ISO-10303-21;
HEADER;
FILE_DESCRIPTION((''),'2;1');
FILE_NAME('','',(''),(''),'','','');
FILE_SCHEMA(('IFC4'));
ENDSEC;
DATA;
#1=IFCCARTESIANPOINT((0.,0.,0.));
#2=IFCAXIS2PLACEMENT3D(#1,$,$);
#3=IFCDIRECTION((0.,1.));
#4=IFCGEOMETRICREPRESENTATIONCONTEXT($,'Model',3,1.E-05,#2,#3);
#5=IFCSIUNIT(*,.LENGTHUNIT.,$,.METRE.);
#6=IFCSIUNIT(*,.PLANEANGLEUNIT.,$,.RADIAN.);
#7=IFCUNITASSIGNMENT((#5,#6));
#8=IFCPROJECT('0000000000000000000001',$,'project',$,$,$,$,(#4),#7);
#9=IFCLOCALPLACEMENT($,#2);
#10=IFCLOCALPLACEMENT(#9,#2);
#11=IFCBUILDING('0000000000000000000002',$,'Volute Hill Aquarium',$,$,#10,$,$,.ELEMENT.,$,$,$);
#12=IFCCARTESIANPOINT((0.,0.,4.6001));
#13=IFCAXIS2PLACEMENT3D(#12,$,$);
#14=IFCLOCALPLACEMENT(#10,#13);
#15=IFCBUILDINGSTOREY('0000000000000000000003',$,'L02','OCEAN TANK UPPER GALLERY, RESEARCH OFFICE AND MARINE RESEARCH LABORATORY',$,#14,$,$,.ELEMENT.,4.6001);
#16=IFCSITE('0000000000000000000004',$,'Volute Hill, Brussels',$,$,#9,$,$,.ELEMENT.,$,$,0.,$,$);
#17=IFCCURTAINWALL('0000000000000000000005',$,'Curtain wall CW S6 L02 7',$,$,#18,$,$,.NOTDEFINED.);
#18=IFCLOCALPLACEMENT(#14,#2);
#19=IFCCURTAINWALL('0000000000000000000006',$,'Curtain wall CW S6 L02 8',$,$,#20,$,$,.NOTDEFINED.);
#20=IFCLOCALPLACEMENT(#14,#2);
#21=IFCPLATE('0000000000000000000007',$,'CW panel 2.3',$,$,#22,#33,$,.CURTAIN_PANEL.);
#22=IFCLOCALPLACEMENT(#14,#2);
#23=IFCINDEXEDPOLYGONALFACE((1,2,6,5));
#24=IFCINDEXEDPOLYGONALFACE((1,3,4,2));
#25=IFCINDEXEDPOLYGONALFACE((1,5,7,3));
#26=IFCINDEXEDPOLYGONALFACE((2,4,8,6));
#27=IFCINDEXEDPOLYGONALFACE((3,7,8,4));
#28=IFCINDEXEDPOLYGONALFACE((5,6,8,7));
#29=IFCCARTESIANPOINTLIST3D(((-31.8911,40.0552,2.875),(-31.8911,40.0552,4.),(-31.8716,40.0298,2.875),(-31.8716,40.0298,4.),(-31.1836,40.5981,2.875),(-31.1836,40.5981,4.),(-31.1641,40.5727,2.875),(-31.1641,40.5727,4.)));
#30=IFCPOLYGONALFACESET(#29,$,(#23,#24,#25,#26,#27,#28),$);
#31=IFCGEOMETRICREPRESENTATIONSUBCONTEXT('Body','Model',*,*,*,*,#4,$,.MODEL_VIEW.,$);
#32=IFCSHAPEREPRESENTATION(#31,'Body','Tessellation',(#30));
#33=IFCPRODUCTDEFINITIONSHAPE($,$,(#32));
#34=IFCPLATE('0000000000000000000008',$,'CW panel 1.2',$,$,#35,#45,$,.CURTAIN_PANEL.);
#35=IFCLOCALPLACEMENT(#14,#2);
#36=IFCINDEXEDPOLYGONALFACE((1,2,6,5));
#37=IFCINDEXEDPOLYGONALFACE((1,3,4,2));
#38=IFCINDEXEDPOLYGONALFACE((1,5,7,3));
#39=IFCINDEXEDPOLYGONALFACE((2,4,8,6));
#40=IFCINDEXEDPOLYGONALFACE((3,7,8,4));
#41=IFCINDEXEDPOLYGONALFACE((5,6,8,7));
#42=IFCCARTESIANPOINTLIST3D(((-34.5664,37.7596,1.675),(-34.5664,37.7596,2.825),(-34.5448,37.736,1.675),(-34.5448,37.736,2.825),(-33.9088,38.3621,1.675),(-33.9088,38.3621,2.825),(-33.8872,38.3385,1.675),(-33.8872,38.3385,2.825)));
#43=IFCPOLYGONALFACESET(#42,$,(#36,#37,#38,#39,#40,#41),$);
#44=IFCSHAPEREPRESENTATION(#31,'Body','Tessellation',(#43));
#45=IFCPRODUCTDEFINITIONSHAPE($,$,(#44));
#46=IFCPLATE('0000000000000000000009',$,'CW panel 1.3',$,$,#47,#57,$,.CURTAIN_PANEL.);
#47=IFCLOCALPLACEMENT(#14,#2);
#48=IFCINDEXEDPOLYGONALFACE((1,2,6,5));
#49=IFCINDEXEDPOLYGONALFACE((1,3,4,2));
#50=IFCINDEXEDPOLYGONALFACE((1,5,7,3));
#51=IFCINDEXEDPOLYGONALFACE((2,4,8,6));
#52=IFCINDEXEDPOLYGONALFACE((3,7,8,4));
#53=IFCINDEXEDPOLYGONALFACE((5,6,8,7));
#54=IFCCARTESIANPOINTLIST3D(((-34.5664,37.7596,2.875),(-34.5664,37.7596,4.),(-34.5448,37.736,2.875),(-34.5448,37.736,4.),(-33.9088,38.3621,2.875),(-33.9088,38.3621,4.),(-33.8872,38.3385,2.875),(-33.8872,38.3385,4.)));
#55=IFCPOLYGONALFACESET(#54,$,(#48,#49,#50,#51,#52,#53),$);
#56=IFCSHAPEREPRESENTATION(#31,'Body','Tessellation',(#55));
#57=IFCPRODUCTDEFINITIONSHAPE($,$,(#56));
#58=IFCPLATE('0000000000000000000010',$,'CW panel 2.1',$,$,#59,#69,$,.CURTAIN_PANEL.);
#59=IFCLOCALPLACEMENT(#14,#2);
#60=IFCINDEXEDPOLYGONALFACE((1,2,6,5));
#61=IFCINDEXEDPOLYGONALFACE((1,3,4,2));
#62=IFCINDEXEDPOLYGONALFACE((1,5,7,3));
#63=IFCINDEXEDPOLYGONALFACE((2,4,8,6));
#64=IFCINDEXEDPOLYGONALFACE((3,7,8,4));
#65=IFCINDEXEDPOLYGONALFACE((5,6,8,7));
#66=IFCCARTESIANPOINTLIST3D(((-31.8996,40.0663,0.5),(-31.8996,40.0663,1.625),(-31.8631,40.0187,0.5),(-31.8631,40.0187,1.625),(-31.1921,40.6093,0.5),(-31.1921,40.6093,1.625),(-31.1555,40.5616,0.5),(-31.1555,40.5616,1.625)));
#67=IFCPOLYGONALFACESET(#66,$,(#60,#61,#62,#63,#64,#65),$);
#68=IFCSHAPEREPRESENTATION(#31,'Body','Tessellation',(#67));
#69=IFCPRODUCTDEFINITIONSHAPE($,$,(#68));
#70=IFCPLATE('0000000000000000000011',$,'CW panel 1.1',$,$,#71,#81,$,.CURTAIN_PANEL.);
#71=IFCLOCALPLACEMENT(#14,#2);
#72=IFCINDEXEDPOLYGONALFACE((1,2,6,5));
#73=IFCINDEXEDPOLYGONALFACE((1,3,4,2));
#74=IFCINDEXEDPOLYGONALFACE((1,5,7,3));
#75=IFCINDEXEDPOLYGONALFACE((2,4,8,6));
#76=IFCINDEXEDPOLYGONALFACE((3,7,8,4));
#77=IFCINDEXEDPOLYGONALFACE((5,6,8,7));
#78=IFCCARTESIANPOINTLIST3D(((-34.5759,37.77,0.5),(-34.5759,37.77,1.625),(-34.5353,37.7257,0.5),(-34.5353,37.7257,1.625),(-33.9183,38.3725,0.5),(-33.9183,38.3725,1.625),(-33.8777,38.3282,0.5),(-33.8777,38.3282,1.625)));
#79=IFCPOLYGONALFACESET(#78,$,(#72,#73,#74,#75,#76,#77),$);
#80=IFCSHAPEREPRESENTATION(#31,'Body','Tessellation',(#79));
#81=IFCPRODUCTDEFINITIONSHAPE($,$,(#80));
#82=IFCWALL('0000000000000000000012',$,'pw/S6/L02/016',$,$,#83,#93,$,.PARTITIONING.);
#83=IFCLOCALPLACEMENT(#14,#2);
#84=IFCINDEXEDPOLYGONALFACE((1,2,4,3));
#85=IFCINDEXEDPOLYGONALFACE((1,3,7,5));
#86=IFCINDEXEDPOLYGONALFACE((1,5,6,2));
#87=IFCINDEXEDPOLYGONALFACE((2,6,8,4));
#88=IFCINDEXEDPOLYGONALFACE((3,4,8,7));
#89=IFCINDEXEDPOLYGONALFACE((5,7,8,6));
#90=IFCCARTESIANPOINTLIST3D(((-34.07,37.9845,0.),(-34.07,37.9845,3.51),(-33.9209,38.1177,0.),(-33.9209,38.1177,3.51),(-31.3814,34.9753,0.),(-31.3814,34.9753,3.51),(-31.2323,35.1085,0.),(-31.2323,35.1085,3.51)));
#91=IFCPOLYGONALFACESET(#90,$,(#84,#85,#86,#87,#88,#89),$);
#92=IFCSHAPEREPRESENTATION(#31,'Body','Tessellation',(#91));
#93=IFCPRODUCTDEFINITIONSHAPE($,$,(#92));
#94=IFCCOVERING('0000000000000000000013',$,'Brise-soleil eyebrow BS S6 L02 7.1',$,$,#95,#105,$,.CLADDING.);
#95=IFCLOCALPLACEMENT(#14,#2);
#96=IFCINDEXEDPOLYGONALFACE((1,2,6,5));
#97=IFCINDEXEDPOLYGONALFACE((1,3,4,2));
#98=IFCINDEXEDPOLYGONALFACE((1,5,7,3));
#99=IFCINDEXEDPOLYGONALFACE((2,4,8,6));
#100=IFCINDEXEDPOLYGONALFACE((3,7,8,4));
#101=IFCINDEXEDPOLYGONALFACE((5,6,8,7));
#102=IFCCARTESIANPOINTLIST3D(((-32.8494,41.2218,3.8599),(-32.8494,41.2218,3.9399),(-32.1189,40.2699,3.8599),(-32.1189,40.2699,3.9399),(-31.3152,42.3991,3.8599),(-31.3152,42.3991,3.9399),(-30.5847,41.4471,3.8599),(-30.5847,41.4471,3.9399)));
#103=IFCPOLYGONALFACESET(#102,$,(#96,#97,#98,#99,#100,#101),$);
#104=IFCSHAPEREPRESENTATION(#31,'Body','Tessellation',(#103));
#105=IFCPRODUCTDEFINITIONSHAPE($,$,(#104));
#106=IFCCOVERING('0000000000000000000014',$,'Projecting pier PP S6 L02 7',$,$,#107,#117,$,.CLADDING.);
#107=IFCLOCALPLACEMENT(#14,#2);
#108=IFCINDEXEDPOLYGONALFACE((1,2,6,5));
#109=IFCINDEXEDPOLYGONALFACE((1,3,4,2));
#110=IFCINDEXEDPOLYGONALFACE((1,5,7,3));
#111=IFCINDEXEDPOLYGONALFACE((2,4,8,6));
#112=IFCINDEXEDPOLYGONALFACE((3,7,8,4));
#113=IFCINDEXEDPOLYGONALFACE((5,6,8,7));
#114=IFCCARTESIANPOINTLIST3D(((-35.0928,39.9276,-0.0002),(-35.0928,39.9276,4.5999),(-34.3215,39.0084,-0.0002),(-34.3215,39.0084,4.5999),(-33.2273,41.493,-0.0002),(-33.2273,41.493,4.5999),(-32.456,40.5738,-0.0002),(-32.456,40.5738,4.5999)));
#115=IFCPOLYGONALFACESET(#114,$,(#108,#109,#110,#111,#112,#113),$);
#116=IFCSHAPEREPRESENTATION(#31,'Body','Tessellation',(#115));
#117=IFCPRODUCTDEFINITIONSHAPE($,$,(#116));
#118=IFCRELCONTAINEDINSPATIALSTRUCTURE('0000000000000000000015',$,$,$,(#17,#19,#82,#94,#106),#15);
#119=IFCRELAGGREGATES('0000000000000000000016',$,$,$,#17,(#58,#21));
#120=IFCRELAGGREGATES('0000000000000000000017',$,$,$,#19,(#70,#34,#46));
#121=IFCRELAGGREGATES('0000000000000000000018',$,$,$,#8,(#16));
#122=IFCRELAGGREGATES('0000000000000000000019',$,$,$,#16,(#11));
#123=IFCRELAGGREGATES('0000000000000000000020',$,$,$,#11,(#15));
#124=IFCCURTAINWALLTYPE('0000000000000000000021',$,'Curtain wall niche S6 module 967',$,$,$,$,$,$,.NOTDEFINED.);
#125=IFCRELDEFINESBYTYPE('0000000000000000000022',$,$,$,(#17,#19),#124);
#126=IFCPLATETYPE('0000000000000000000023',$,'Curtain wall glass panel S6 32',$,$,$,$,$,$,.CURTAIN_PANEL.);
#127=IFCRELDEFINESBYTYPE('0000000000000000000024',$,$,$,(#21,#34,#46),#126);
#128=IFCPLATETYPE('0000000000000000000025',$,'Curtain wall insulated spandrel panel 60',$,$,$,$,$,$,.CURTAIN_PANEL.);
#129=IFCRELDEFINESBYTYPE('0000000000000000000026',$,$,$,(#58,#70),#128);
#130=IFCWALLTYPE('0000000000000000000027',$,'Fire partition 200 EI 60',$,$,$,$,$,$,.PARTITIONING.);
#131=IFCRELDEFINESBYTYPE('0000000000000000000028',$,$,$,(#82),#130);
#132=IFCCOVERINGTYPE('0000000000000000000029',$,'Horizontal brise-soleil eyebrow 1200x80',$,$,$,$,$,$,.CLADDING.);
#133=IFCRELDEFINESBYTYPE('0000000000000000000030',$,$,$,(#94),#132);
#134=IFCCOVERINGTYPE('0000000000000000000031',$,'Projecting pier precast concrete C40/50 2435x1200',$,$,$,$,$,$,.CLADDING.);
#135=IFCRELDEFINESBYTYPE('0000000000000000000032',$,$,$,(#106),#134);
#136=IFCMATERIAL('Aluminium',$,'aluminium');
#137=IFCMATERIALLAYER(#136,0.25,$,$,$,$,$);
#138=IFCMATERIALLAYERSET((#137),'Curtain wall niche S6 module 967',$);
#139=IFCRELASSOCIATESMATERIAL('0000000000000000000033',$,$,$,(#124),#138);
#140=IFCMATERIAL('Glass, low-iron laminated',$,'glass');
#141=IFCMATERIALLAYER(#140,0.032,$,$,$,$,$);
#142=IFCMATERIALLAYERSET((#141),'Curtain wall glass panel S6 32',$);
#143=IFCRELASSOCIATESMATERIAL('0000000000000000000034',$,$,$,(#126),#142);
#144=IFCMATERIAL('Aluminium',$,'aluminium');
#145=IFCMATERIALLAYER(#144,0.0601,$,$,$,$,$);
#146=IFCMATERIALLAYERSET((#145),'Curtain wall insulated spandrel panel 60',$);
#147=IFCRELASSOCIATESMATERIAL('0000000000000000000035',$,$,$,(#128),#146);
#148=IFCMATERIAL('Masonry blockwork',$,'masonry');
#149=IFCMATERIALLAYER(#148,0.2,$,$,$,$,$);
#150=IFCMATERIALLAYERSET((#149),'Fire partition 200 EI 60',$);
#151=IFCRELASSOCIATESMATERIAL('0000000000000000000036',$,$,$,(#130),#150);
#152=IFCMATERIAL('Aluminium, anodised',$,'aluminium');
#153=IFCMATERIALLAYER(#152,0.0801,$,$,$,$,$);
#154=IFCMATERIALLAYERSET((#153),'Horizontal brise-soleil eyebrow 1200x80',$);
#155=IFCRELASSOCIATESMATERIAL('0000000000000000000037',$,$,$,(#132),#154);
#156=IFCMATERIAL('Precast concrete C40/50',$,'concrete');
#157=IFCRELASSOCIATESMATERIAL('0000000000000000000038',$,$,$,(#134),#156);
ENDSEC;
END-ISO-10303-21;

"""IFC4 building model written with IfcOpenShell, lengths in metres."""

from ifc_helpers import new_model, si_unit, direction, frame, frame_2d, origin, origin_2d, place, context, subcontext, project, spatial, rectangle, extrude, material, layer, layer_set, type_object, element, aggregate, save


model = new_model("IFC4")

# Units and contexts
model_context = context("Model", 3, precision=1e-05, world=origin(), true_north=direction((0.0, 1.0)))
body_context = subcontext(model_context, "Body", "Model", "MODEL_VIEW")
ifc_project = project(units=[si_unit("LENGTHUNIT", "METRE"), si_unit("PLANEANGLEUNIT", "RADIAN")], contexts=[model_context])

# Site, building, storey
site_placement = place(None, origin())
site = spatial("IfcSite", under=ifc_project, at=site_placement, Name="Volute Hill, Brussels", CompositionType="ELEMENT", RefElevation=0.0)
building_placement = place(site_placement, origin())
building = spatial("IfcBuilding", under=site, at=building_placement, Name="Volute Hill Aquarium", CompositionType="ELEMENT")
storey_placement = place(building_placement, frame((0.0, 0.0, 4.6001)))
storey = spatial("IfcBuildingStorey", under=building, at=storey_placement, Name="L02", Description="OCEAN TANK UPPER GALLERY, RESEARCH OFFICE AND MARINE RESEARCH LABORATORY", CompositionType="ELEMENT", Elevation=4.6001)

# Curtain wall
ifc_material_1 = material(Name="Aluminium", Category="aluminium")
ifc_layer_1 = layer(ifc_material_1, 0.25)
ifc_layer_set_1 = layer_set([ifc_layer_1], Name="Curtain wall niche S6 module 967")
curtain_wall_type = type_object("IfcCurtainWallType", Name="Curtain wall niche S6 module 967", PredefinedType="NOTDEFINED", material=ifc_layer_set_1)
curtain_wall_1_placement = place(storey_placement, origin())
curtain_wall_1 = element("IfcCurtainWall", 1, at=curtain_wall_1_placement, inside=storey, type_object=curtain_wall_type, Name="Curtain wall CW S6 L02 7", PredefinedType="NOTDEFINED")

# Curtain wall
curtain_wall_2_placement = place(storey_placement, origin())
curtain_wall_2 = element("IfcCurtainWall", 2, at=curtain_wall_2_placement, inside=storey, type_object=curtain_wall_type, Name="Curtain wall CW S6 L02 8", PredefinedType="NOTDEFINED")

# Plates
ifc_material_2 = material(Name="Glass, low-iron laminated", Category="glass")
ifc_layer_2 = layer(ifc_material_2, 0.032)
ifc_layer_set_2 = layer_set([ifc_layer_2], Name="Curtain wall glass panel S6 32")
plate_type_1 = type_object("IfcPlateType", Name="Curtain wall glass panel S6 32", PredefinedType="CURTAIN_PANEL", material=ifc_layer_set_2)
plate_1_placement = place(storey_placement, frame((-31.5276, 40.314, 2.875), z_axis=(0.0, 0.0, 1.0), x_axis=(-0.793348, -0.608769, 0.0)))
plate_1 = element("IfcPlate", 3, at=plate_1_placement, type_object=plate_type_1, Name="CW panel 2.3", PredefinedType="CURTAIN_PANEL", context=body_context, shape_type="SweptSolid", body=[
    extrude(rectangle(XDim=0.8918, YDim=0.032, at=origin_2d()), origin(), (0.0, 0.0, 1.0), 1.125),
])
plate_2_placement = place(storey_placement, frame((-34.2268, 38.0491, 1.675), z_axis=(0.0, 0.0, 1.0), x_axis=(-0.737285, -0.675582, 0.0)))
plate_2 = element("IfcPlate", 4, at=plate_2_placement, type_object=plate_type_1, Name="CW panel 1.2", PredefinedType="CURTAIN_PANEL", context=body_context, shape_type="SweptSolid", body=[
    extrude(rectangle(XDim=0.8918, YDim=0.032, at=origin_2d()), origin(), (0.0, 0.0, 1.0), 1.1499),
])
plate_3_placement = place(storey_placement, frame((-34.2268, 38.0491, 2.875), z_axis=(0.0, 0.0, 1.0), x_axis=(-0.737285, -0.675582, 0.0)))
plate_3 = element("IfcPlate", 5, at=plate_3_placement, type_object=plate_type_1, Name="CW panel 1.3", PredefinedType="CURTAIN_PANEL", context=body_context, shape_type="SweptSolid", body=[
    extrude(rectangle(XDim=0.8918, YDim=0.032, at=origin_2d()), origin(), (0.0, 0.0, 1.0), 1.125),
])
ifc_material_3 = material(Name="Aluminium", Category="aluminium")
ifc_layer_3 = layer(ifc_material_3, 0.0601)
ifc_layer_set_3 = layer_set([ifc_layer_3], Name="Curtain wall insulated spandrel panel 60")
plate_type_2 = type_object("IfcPlateType", Name="Curtain wall insulated spandrel panel 60", PredefinedType="CURTAIN_PANEL", material=ifc_layer_set_3)
plate_4_placement = place(storey_placement, frame((-31.5276, 40.314, 0.5), z_axis=(0.0, 0.0, 1.0), x_axis=(-0.793348, -0.608769, 0.0)))
plate_4 = element("IfcPlate", 6, at=plate_4_placement, type_object=plate_type_2, Name="CW panel 2.1", PredefinedType="CURTAIN_PANEL", context=body_context, shape_type="SweptSolid", body=[
    extrude(rectangle(XDim=0.8918, YDim=0.0601, at=origin_2d()), origin(), (0.0, 0.0, 1.0), 1.125),
])
aggregate(curtain_wall_1, [plate_4, plate_1])
plate_5_placement = place(storey_placement, frame((-34.2268, 38.0491, 0.5), z_axis=(0.0, 0.0, 1.0), x_axis=(-0.737285, -0.675582, 0.0)))
plate_5 = element("IfcPlate", 7, at=plate_5_placement, type_object=plate_type_2, Name="CW panel 1.1", PredefinedType="CURTAIN_PANEL", context=body_context, shape_type="SweptSolid", body=[
    extrude(rectangle(XDim=0.8918, YDim=0.0601, at=origin_2d()), origin(), (0.0, 0.0, 1.0), 1.125),
])
aggregate(curtain_wall_2, [plate_5, plate_2, plate_3])

# Wall
ifc_material_4 = material(Name="Masonry blockwork", Category="masonry")
ifc_layer_4 = layer(ifc_material_4, 0.2)
ifc_layer_set_4 = layer_set([ifc_layer_4], Name="Fire partition 200 EI 60")
wall_type = type_object("IfcWallType", Name="Fire partition 200 EI 60", PredefinedType="PARTITIONING", material=ifc_layer_set_4)
wall_placement = place(storey_placement, frame((-31.3069, 35.042, 0.0), z_axis=(0.0, 0.0, 1.0), x_axis=(-0.666273, 0.745708, 0.0)))
element("IfcWall", 8, at=wall_placement, inside=storey, type_object=wall_type, Name="pw/S6/L02/016", PredefinedType="PARTITIONING", context=body_context, shape_type="SweptSolid", body=[
    extrude(rectangle(XDim=4.0354, YDim=0.2, at=frame_2d((2.0176, 0.0))), origin(), (0.0, 0.0, 1.0), 3.51),
])

# Coverings
ifc_material_5 = material(Name="Aluminium, anodised", Category="aluminium")
ifc_layer_5 = layer(ifc_material_5, 0.0801)
ifc_layer_set_5 = layer_set([ifc_layer_5], Name="Horizontal brise-soleil eyebrow 1200x80")
covering_type_1 = type_object("IfcCoveringType", Name="Horizontal brise-soleil eyebrow 1200x80", PredefinedType="CLADDING", material=ifc_layer_set_5)
covering_1_placement = place(storey_placement, frame((-31.717, 41.3345, 3.8599), z_axis=(0.0, 0.0, 1.0), x_axis=(-0.79335, -0.608766, 0.0)))
element("IfcCovering", 9, at=covering_1_placement, inside=storey, type_object=covering_type_1, Name="Brise-soleil eyebrow BS S6 L02 7.1", PredefinedType="CLADDING", context=body_context, shape_type="SweptSolid", body=[
    extrude(rectangle(XDim=1.9338, YDim=1.2, at=origin_2d()), origin(), (0.0, 0.0, 1.0), 0.0801),
])
ifc_material_6 = material(Name="Precast concrete C40/50", Category="concrete")
covering_type_2 = type_object("IfcCoveringType", Name="Projecting pier precast concrete C40/50 2435x1200", PredefinedType="CLADDING", material=ifc_material_6)
covering_2_placement = place(storey_placement, frame((-33.7744, 40.2507, -0.0002), z_axis=(0.0, 0.0, 1.0), x_axis=(-0.766044, -0.642788, 0.0)))
element("IfcCovering", 10, at=covering_2_placement, inside=storey, type_object=covering_type_2, Name="Projecting pier PP S6 L02 7", PredefinedType="CLADDING", context=body_context, shape_type="SweptSolid", body=[
    extrude(rectangle(XDim=2.4353, YDim=1.2, at=origin_2d()), origin(), (0.0, 0.0, 1.0), 4.6001),
])

save(model, "model.ifc")
